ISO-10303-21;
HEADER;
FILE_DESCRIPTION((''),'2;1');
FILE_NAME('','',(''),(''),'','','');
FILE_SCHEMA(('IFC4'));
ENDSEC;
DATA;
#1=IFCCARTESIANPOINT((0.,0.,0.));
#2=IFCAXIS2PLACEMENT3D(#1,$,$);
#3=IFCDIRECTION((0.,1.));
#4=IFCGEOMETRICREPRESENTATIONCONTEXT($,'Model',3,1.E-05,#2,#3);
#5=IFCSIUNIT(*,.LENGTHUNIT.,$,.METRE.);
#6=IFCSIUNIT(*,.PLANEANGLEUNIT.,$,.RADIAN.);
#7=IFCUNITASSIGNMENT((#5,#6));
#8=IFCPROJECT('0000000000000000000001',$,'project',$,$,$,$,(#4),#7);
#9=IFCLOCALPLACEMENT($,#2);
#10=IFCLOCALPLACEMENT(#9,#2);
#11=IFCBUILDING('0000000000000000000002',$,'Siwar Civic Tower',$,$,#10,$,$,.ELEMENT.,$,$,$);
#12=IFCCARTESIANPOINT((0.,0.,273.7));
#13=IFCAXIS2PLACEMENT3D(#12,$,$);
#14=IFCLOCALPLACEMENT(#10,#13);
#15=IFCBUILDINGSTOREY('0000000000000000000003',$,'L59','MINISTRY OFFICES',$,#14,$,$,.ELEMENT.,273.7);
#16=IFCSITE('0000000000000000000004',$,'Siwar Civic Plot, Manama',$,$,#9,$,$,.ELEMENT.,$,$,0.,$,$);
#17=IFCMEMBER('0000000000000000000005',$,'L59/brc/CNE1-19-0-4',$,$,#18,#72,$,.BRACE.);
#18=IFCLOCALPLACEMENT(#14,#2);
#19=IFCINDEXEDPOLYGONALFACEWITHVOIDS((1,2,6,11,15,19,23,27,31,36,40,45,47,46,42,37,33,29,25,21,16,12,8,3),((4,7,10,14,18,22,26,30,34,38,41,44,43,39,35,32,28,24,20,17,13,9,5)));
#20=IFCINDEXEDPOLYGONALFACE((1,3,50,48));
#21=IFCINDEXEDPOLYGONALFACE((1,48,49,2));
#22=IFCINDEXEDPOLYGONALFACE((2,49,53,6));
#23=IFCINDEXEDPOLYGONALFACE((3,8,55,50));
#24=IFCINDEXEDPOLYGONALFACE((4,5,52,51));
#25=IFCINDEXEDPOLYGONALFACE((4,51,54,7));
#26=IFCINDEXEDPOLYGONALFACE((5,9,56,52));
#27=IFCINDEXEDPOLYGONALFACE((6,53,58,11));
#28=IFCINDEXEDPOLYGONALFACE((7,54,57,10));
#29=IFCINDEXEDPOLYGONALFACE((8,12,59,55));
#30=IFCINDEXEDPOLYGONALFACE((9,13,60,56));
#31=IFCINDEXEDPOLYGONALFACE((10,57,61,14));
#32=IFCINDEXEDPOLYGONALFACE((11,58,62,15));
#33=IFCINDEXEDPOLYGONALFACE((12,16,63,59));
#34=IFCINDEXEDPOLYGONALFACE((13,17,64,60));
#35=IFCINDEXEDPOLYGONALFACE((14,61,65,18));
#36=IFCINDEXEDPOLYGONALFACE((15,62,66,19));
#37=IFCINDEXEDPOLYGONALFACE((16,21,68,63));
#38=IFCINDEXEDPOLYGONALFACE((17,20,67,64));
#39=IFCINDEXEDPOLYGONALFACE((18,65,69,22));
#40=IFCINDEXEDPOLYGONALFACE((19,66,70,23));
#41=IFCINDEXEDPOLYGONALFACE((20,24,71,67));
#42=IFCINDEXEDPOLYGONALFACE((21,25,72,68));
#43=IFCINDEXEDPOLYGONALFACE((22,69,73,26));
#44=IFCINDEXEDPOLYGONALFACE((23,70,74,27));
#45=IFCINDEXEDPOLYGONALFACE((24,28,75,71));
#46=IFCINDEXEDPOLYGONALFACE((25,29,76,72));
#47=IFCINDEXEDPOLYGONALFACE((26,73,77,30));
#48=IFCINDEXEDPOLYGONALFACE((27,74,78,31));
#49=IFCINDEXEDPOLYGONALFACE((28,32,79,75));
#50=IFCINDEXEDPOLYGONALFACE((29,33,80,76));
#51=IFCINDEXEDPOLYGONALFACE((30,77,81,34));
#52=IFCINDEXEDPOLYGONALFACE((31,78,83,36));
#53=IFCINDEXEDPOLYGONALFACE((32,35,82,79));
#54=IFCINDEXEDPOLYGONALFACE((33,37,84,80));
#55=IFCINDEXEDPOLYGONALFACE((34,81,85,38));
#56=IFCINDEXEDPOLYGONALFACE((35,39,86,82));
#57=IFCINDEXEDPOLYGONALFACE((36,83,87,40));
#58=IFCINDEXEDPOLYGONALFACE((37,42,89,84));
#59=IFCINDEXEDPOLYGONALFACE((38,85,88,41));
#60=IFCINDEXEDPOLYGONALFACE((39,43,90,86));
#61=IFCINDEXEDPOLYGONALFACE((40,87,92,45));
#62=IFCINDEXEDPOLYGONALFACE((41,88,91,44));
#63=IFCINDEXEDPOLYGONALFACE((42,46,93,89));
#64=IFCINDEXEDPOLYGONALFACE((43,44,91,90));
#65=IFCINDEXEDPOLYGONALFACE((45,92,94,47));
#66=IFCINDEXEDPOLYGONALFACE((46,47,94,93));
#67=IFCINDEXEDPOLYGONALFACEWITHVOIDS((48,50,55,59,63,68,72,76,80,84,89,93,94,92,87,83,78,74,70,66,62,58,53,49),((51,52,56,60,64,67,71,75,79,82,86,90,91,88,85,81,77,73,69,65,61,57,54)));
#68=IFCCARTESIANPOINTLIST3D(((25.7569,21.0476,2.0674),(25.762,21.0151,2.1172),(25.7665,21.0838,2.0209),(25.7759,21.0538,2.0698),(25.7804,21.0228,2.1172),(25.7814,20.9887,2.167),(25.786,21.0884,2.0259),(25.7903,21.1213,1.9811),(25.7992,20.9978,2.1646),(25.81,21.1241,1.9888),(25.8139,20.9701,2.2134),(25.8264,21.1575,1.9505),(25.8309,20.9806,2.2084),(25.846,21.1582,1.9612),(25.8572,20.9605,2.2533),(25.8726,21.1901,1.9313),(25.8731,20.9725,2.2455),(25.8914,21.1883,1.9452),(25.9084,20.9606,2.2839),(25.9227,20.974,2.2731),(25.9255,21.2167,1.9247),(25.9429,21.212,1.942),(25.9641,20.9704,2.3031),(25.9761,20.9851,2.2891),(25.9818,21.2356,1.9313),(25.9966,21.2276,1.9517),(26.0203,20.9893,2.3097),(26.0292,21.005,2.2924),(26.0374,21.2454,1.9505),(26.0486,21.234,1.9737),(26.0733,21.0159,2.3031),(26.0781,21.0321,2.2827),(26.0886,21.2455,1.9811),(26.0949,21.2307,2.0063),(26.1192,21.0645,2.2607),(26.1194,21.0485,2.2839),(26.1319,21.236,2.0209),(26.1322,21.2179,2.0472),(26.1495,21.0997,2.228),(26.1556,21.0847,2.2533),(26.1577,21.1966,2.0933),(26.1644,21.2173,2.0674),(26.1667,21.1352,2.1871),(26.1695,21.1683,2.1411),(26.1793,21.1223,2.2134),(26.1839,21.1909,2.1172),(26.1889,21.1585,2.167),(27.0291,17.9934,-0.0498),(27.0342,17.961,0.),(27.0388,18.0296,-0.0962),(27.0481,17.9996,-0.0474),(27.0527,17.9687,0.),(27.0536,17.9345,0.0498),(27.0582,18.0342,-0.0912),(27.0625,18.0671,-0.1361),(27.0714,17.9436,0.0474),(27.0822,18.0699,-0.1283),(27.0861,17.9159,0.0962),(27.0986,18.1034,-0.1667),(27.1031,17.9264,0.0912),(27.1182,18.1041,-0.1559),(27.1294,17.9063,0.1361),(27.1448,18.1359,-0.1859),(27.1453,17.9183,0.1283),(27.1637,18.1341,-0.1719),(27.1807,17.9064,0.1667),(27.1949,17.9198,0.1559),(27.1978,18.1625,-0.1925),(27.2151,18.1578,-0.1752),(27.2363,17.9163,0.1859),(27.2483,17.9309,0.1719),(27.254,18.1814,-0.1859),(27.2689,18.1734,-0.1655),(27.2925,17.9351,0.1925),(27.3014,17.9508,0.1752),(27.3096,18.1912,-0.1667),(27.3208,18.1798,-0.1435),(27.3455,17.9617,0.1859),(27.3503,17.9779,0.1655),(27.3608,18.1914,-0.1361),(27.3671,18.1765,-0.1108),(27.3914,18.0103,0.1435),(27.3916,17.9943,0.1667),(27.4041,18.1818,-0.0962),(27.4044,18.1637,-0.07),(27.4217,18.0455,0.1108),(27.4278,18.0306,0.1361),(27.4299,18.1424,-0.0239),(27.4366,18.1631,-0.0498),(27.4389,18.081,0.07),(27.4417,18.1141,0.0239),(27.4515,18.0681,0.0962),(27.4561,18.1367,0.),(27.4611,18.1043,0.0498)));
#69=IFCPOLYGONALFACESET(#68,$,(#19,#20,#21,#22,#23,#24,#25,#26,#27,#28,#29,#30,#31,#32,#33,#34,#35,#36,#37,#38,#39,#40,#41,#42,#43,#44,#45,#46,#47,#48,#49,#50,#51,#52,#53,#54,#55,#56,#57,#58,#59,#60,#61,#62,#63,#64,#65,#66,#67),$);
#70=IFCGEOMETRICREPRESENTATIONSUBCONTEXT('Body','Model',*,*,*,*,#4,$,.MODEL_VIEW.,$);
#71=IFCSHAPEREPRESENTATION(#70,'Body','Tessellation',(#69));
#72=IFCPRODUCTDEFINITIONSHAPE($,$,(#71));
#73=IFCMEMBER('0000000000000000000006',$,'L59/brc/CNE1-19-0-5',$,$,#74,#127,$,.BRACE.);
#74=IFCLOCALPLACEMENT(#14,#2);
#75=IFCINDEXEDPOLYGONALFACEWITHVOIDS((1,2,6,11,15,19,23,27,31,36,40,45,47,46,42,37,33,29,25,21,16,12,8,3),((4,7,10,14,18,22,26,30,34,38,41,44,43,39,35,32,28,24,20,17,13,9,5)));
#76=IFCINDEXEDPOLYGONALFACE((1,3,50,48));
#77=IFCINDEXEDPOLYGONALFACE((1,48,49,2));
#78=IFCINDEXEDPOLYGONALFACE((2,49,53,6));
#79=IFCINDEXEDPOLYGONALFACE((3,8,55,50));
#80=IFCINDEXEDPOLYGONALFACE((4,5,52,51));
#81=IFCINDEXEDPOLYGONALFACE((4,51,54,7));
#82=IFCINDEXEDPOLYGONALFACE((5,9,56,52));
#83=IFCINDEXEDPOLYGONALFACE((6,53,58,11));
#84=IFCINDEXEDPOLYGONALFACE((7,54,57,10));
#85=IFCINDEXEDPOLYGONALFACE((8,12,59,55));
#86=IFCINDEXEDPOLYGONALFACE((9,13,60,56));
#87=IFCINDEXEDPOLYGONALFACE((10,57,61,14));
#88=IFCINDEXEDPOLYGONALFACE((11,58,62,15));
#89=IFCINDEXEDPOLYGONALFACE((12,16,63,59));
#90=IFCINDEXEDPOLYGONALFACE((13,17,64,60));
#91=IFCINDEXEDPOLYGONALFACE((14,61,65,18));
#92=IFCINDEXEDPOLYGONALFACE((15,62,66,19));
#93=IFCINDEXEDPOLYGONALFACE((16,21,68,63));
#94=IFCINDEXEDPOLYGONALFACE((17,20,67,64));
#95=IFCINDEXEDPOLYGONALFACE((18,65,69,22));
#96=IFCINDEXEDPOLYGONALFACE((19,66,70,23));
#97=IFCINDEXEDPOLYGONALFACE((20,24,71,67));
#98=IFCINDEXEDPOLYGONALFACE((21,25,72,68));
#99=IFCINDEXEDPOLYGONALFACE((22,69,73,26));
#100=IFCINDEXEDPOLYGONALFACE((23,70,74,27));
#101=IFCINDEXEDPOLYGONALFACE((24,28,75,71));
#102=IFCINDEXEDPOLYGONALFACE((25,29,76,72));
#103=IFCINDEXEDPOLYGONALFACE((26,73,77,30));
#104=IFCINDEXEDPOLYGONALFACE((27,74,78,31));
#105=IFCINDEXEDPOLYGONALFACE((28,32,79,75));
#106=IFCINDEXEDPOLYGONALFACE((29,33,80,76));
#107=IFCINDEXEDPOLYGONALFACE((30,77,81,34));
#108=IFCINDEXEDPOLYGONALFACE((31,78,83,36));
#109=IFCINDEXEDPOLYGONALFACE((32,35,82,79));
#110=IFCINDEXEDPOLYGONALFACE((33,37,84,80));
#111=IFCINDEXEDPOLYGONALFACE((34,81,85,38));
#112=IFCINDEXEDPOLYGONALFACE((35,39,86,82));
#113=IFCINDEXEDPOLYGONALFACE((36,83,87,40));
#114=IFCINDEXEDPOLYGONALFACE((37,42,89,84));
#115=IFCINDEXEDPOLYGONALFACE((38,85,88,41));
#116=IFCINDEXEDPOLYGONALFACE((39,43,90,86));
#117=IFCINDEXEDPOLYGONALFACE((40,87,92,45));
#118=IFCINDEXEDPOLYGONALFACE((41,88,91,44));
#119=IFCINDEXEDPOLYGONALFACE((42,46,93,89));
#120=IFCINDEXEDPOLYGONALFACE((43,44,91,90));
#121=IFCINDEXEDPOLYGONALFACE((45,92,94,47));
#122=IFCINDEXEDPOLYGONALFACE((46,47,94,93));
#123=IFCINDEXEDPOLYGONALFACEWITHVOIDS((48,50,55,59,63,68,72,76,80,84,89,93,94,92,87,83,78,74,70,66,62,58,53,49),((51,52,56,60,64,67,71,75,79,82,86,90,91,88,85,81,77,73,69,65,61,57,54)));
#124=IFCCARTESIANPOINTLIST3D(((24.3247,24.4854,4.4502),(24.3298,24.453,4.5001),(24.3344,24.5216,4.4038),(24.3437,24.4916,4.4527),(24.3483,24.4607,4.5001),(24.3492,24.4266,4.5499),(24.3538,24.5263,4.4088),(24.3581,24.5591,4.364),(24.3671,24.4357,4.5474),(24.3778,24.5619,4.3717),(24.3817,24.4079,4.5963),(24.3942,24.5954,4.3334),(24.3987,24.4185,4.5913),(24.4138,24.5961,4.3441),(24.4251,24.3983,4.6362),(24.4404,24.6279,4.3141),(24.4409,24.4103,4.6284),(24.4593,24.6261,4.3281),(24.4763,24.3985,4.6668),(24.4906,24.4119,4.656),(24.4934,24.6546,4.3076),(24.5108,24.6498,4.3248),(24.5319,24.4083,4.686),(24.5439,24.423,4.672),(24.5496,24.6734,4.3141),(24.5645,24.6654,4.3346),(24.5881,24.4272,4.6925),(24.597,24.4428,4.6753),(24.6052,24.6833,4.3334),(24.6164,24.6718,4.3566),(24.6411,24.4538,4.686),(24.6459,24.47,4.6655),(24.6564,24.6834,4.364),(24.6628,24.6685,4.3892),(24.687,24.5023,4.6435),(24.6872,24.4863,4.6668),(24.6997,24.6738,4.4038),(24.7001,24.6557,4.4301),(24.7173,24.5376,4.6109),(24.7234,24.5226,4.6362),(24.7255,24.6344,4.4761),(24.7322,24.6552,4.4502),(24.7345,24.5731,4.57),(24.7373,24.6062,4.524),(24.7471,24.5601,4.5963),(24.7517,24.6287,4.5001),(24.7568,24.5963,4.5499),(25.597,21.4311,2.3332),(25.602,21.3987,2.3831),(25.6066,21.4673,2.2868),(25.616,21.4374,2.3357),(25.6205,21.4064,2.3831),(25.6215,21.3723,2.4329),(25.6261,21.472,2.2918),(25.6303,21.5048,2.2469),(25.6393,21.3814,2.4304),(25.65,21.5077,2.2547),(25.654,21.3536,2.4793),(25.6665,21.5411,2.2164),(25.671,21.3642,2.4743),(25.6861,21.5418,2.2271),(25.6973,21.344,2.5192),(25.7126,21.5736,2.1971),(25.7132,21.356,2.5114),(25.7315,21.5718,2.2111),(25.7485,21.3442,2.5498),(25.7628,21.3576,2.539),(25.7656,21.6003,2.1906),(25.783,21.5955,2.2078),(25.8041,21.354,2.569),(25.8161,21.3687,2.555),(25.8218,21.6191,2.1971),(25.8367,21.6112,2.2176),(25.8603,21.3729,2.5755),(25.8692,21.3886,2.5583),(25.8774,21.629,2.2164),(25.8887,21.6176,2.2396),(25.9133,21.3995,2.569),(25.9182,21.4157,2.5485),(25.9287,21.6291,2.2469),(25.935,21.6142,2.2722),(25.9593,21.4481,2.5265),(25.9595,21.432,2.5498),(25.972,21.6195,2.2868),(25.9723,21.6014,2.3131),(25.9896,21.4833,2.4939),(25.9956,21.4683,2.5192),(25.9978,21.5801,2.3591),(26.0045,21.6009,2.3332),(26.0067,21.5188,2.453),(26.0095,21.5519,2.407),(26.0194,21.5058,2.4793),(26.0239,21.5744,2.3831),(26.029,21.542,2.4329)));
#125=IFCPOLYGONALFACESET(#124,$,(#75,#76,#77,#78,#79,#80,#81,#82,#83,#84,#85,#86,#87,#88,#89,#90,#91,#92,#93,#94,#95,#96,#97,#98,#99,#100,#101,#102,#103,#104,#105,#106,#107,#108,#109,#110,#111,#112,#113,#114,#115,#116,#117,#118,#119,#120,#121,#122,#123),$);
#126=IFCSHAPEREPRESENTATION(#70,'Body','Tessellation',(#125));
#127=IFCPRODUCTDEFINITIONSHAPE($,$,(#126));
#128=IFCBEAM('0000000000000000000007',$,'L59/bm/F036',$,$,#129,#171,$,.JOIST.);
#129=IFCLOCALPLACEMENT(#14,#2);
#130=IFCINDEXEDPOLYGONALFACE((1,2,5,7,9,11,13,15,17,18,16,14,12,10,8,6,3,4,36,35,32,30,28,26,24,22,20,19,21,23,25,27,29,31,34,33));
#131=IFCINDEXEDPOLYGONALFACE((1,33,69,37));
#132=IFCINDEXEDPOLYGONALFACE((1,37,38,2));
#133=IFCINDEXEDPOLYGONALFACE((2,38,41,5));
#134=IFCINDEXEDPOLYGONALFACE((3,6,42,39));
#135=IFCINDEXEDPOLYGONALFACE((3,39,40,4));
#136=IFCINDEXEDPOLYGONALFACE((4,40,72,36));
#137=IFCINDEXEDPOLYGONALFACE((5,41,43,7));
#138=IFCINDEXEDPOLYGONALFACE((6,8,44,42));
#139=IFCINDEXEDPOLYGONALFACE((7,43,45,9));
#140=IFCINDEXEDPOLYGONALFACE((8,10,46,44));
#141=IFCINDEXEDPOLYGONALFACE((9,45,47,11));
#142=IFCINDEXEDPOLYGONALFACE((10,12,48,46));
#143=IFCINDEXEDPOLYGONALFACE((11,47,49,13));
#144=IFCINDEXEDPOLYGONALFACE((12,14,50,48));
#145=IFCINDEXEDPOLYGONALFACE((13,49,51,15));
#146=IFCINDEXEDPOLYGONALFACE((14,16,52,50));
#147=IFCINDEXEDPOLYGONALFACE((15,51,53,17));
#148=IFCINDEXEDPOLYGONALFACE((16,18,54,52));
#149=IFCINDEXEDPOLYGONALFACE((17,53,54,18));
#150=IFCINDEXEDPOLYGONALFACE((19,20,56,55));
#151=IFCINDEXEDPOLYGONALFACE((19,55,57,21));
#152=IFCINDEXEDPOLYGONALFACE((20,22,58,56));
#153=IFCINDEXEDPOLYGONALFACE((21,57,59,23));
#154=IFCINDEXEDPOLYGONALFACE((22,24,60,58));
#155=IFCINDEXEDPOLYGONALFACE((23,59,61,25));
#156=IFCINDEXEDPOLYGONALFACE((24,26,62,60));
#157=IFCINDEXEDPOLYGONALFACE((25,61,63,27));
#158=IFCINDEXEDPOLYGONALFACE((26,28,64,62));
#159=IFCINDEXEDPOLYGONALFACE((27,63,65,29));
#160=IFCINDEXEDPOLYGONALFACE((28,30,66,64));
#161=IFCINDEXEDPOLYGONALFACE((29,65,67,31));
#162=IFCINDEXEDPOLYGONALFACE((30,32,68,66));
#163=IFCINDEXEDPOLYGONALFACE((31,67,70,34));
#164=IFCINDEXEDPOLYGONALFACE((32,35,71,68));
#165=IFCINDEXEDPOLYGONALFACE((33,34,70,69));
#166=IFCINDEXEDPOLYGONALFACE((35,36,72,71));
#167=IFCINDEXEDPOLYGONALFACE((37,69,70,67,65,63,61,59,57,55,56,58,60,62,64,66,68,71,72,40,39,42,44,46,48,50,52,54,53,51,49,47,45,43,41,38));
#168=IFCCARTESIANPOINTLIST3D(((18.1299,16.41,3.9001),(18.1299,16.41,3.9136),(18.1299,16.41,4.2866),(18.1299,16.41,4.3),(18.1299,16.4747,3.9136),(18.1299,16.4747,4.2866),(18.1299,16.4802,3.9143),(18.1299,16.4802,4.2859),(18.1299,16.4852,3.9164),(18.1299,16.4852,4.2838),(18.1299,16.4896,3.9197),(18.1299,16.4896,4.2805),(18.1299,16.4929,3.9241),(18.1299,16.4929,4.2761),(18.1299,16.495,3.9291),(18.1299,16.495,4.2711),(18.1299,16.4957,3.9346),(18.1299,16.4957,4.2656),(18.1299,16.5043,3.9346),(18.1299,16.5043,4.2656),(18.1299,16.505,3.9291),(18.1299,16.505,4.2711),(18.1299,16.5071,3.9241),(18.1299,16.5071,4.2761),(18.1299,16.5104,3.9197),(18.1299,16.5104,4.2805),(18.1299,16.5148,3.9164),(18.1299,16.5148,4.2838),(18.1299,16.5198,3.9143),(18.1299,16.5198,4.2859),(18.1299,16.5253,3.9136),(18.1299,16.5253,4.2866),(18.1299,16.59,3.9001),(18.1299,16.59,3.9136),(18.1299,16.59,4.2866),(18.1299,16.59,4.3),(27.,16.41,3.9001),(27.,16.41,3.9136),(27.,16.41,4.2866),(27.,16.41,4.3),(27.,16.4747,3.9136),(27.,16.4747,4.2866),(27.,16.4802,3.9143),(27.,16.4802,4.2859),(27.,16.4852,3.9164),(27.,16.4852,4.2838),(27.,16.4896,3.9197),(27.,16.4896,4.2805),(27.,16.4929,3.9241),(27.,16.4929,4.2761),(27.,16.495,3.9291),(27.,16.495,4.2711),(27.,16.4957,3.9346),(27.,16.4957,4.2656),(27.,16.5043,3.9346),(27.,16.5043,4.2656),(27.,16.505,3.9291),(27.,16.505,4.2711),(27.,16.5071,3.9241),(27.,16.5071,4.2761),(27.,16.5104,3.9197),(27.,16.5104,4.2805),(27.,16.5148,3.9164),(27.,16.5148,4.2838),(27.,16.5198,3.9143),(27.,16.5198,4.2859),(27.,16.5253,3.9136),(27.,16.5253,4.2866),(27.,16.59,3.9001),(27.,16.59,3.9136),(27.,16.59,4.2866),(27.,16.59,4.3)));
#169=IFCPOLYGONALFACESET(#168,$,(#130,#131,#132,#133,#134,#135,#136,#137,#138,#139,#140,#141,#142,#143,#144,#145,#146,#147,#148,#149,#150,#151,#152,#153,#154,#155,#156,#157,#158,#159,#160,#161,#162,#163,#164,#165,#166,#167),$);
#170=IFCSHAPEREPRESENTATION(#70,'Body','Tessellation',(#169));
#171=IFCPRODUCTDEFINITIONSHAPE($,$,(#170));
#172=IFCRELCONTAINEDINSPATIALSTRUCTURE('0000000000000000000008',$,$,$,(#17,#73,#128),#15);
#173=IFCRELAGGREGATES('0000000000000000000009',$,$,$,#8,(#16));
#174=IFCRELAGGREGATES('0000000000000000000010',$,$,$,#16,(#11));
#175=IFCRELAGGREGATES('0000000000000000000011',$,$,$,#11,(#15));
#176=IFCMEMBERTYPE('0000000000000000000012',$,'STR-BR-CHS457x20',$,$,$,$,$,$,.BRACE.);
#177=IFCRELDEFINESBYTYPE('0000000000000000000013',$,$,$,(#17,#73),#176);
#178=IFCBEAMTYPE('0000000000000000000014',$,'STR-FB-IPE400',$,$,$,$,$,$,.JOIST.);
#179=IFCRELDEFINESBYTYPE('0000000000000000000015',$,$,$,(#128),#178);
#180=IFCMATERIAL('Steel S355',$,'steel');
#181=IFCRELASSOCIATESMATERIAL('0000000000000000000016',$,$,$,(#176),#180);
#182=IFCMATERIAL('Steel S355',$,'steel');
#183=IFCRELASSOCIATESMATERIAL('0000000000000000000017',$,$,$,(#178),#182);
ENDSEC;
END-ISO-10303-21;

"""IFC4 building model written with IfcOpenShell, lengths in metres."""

from ifc_helpers import new_model, si_unit, direction, frame, origin, origin_2d, place, context, subcontext, project, spatial, hollow_circle, i_section, extrude, material, material_profile, profile_set, type_object, element, save


model = new_model("IFC4")

# Units and contexts
model_context = context("Model", 3, precision=1e-05, world=origin(), true_north=direction((0.0, 1.0)))
body_context = subcontext(model_context, "Body", "Model", "MODEL_VIEW")
ifc_project = project(units=[si_unit("LENGTHUNIT", "METRE"), si_unit("PLANEANGLEUNIT", "RADIAN")], contexts=[model_context])

# Site, building, storey
site_placement = place(None, origin())
site = spatial("IfcSite", under=ifc_project, at=site_placement, Name="Siwar Civic Plot, Manama", CompositionType="ELEMENT", RefElevation=0.0)
building_placement = place(site_placement, origin())
building = spatial("IfcBuilding", under=site, at=building_placement, Name="Siwar Civic Tower", CompositionType="ELEMENT")
storey_placement = place(building_placement, frame((0.0, 0.0, 273.7)))
storey = spatial("IfcBuildingStorey", under=building, at=storey_placement, Name="L59", Description="MINISTRY OFFICES", CompositionType="ELEMENT", Elevation=273.7)

# Members
ifc_material_1 = material(Name="Steel S355", Category="steel")
ifc_material_profile_1 = material_profile(ifc_material_1, hollow_circle(Radius=0.2285, WallThickness=0.02, at=origin_2d()), Name="CHS457x20")
ifc_profile_set_1 = profile_set([ifc_material_profile_1], Name="Steel S355")
member_type_1 = type_object("IfcMemberType", Name="STR-BR-CHS457x20", PredefinedType="BRACE", material=ifc_profile_set_1)
for number, where, z_axis, x_axis, name in (
    (1, (27.2451, 18.0488, 0.0), (-0.323884, 0.777546, 0.538999), (-0.923116, -0.384521, 0.0), "L59/brc/CNE1-19-0-4"),
    (2, (25.813, 21.4866, 2.3831), (-0.323895, 0.777572, 0.538955), (-0.923116, -0.384521, 0.0), "L59/brc/CNE1-19-0-5"),
):
    element("IfcMember", number, at=place(storey_placement, frame(where, z_axis=z_axis, x_axis=x_axis)), inside=storey, type_object=member_type_1, Name=name, PredefinedType="BRACE", context=body_context, shape_type="SweptSolid", body=[
        extrude(hollow_circle(Radius=0.2285, WallThickness=0.02, at=origin_2d()), origin(), (0.0, 0.0, 1.0), 3.928),
    ])

# Beam
ifc_material_2 = material(Name="Steel S355", Category="steel")
ifc_material_profile_2 = material_profile(ifc_material_2, i_section(OverallWidth=0.1799, OverallDepth=0.3999, WebThickness=0.0085, FlangeThickness=0.0134, FilletRadius=0.021, at=origin_2d()), Name="IPE400")
ifc_profile_set_2 = profile_set([ifc_material_profile_2], Name="Steel S355")
beam_type_1 = type_object("IfcBeamType", Name="STR-FB-IPE400", PredefinedType="JOIST", material=ifc_profile_set_2)
beam_1_placement = place(storey_placement, frame((18.1299, 16.5, 4.1001), z_axis=(1.0, 0.0, 0.0), x_axis=(0.0, 1.0, 0.0)))
element("IfcBeam", 3, at=beam_1_placement, inside=storey, type_object=beam_type_1, Name="L59/bm/F036", PredefinedType="JOIST", context=body_context, shape_type="SweptSolid", body=[
    extrude(i_section(OverallWidth=0.1799, OverallDepth=0.3999, WebThickness=0.0085, FlangeThickness=0.0134, FilletRadius=0.021, at=origin_2d()), origin(), (0.0, 0.0, 1.0), 8.8701),
])

save(model, "model.ifc")
